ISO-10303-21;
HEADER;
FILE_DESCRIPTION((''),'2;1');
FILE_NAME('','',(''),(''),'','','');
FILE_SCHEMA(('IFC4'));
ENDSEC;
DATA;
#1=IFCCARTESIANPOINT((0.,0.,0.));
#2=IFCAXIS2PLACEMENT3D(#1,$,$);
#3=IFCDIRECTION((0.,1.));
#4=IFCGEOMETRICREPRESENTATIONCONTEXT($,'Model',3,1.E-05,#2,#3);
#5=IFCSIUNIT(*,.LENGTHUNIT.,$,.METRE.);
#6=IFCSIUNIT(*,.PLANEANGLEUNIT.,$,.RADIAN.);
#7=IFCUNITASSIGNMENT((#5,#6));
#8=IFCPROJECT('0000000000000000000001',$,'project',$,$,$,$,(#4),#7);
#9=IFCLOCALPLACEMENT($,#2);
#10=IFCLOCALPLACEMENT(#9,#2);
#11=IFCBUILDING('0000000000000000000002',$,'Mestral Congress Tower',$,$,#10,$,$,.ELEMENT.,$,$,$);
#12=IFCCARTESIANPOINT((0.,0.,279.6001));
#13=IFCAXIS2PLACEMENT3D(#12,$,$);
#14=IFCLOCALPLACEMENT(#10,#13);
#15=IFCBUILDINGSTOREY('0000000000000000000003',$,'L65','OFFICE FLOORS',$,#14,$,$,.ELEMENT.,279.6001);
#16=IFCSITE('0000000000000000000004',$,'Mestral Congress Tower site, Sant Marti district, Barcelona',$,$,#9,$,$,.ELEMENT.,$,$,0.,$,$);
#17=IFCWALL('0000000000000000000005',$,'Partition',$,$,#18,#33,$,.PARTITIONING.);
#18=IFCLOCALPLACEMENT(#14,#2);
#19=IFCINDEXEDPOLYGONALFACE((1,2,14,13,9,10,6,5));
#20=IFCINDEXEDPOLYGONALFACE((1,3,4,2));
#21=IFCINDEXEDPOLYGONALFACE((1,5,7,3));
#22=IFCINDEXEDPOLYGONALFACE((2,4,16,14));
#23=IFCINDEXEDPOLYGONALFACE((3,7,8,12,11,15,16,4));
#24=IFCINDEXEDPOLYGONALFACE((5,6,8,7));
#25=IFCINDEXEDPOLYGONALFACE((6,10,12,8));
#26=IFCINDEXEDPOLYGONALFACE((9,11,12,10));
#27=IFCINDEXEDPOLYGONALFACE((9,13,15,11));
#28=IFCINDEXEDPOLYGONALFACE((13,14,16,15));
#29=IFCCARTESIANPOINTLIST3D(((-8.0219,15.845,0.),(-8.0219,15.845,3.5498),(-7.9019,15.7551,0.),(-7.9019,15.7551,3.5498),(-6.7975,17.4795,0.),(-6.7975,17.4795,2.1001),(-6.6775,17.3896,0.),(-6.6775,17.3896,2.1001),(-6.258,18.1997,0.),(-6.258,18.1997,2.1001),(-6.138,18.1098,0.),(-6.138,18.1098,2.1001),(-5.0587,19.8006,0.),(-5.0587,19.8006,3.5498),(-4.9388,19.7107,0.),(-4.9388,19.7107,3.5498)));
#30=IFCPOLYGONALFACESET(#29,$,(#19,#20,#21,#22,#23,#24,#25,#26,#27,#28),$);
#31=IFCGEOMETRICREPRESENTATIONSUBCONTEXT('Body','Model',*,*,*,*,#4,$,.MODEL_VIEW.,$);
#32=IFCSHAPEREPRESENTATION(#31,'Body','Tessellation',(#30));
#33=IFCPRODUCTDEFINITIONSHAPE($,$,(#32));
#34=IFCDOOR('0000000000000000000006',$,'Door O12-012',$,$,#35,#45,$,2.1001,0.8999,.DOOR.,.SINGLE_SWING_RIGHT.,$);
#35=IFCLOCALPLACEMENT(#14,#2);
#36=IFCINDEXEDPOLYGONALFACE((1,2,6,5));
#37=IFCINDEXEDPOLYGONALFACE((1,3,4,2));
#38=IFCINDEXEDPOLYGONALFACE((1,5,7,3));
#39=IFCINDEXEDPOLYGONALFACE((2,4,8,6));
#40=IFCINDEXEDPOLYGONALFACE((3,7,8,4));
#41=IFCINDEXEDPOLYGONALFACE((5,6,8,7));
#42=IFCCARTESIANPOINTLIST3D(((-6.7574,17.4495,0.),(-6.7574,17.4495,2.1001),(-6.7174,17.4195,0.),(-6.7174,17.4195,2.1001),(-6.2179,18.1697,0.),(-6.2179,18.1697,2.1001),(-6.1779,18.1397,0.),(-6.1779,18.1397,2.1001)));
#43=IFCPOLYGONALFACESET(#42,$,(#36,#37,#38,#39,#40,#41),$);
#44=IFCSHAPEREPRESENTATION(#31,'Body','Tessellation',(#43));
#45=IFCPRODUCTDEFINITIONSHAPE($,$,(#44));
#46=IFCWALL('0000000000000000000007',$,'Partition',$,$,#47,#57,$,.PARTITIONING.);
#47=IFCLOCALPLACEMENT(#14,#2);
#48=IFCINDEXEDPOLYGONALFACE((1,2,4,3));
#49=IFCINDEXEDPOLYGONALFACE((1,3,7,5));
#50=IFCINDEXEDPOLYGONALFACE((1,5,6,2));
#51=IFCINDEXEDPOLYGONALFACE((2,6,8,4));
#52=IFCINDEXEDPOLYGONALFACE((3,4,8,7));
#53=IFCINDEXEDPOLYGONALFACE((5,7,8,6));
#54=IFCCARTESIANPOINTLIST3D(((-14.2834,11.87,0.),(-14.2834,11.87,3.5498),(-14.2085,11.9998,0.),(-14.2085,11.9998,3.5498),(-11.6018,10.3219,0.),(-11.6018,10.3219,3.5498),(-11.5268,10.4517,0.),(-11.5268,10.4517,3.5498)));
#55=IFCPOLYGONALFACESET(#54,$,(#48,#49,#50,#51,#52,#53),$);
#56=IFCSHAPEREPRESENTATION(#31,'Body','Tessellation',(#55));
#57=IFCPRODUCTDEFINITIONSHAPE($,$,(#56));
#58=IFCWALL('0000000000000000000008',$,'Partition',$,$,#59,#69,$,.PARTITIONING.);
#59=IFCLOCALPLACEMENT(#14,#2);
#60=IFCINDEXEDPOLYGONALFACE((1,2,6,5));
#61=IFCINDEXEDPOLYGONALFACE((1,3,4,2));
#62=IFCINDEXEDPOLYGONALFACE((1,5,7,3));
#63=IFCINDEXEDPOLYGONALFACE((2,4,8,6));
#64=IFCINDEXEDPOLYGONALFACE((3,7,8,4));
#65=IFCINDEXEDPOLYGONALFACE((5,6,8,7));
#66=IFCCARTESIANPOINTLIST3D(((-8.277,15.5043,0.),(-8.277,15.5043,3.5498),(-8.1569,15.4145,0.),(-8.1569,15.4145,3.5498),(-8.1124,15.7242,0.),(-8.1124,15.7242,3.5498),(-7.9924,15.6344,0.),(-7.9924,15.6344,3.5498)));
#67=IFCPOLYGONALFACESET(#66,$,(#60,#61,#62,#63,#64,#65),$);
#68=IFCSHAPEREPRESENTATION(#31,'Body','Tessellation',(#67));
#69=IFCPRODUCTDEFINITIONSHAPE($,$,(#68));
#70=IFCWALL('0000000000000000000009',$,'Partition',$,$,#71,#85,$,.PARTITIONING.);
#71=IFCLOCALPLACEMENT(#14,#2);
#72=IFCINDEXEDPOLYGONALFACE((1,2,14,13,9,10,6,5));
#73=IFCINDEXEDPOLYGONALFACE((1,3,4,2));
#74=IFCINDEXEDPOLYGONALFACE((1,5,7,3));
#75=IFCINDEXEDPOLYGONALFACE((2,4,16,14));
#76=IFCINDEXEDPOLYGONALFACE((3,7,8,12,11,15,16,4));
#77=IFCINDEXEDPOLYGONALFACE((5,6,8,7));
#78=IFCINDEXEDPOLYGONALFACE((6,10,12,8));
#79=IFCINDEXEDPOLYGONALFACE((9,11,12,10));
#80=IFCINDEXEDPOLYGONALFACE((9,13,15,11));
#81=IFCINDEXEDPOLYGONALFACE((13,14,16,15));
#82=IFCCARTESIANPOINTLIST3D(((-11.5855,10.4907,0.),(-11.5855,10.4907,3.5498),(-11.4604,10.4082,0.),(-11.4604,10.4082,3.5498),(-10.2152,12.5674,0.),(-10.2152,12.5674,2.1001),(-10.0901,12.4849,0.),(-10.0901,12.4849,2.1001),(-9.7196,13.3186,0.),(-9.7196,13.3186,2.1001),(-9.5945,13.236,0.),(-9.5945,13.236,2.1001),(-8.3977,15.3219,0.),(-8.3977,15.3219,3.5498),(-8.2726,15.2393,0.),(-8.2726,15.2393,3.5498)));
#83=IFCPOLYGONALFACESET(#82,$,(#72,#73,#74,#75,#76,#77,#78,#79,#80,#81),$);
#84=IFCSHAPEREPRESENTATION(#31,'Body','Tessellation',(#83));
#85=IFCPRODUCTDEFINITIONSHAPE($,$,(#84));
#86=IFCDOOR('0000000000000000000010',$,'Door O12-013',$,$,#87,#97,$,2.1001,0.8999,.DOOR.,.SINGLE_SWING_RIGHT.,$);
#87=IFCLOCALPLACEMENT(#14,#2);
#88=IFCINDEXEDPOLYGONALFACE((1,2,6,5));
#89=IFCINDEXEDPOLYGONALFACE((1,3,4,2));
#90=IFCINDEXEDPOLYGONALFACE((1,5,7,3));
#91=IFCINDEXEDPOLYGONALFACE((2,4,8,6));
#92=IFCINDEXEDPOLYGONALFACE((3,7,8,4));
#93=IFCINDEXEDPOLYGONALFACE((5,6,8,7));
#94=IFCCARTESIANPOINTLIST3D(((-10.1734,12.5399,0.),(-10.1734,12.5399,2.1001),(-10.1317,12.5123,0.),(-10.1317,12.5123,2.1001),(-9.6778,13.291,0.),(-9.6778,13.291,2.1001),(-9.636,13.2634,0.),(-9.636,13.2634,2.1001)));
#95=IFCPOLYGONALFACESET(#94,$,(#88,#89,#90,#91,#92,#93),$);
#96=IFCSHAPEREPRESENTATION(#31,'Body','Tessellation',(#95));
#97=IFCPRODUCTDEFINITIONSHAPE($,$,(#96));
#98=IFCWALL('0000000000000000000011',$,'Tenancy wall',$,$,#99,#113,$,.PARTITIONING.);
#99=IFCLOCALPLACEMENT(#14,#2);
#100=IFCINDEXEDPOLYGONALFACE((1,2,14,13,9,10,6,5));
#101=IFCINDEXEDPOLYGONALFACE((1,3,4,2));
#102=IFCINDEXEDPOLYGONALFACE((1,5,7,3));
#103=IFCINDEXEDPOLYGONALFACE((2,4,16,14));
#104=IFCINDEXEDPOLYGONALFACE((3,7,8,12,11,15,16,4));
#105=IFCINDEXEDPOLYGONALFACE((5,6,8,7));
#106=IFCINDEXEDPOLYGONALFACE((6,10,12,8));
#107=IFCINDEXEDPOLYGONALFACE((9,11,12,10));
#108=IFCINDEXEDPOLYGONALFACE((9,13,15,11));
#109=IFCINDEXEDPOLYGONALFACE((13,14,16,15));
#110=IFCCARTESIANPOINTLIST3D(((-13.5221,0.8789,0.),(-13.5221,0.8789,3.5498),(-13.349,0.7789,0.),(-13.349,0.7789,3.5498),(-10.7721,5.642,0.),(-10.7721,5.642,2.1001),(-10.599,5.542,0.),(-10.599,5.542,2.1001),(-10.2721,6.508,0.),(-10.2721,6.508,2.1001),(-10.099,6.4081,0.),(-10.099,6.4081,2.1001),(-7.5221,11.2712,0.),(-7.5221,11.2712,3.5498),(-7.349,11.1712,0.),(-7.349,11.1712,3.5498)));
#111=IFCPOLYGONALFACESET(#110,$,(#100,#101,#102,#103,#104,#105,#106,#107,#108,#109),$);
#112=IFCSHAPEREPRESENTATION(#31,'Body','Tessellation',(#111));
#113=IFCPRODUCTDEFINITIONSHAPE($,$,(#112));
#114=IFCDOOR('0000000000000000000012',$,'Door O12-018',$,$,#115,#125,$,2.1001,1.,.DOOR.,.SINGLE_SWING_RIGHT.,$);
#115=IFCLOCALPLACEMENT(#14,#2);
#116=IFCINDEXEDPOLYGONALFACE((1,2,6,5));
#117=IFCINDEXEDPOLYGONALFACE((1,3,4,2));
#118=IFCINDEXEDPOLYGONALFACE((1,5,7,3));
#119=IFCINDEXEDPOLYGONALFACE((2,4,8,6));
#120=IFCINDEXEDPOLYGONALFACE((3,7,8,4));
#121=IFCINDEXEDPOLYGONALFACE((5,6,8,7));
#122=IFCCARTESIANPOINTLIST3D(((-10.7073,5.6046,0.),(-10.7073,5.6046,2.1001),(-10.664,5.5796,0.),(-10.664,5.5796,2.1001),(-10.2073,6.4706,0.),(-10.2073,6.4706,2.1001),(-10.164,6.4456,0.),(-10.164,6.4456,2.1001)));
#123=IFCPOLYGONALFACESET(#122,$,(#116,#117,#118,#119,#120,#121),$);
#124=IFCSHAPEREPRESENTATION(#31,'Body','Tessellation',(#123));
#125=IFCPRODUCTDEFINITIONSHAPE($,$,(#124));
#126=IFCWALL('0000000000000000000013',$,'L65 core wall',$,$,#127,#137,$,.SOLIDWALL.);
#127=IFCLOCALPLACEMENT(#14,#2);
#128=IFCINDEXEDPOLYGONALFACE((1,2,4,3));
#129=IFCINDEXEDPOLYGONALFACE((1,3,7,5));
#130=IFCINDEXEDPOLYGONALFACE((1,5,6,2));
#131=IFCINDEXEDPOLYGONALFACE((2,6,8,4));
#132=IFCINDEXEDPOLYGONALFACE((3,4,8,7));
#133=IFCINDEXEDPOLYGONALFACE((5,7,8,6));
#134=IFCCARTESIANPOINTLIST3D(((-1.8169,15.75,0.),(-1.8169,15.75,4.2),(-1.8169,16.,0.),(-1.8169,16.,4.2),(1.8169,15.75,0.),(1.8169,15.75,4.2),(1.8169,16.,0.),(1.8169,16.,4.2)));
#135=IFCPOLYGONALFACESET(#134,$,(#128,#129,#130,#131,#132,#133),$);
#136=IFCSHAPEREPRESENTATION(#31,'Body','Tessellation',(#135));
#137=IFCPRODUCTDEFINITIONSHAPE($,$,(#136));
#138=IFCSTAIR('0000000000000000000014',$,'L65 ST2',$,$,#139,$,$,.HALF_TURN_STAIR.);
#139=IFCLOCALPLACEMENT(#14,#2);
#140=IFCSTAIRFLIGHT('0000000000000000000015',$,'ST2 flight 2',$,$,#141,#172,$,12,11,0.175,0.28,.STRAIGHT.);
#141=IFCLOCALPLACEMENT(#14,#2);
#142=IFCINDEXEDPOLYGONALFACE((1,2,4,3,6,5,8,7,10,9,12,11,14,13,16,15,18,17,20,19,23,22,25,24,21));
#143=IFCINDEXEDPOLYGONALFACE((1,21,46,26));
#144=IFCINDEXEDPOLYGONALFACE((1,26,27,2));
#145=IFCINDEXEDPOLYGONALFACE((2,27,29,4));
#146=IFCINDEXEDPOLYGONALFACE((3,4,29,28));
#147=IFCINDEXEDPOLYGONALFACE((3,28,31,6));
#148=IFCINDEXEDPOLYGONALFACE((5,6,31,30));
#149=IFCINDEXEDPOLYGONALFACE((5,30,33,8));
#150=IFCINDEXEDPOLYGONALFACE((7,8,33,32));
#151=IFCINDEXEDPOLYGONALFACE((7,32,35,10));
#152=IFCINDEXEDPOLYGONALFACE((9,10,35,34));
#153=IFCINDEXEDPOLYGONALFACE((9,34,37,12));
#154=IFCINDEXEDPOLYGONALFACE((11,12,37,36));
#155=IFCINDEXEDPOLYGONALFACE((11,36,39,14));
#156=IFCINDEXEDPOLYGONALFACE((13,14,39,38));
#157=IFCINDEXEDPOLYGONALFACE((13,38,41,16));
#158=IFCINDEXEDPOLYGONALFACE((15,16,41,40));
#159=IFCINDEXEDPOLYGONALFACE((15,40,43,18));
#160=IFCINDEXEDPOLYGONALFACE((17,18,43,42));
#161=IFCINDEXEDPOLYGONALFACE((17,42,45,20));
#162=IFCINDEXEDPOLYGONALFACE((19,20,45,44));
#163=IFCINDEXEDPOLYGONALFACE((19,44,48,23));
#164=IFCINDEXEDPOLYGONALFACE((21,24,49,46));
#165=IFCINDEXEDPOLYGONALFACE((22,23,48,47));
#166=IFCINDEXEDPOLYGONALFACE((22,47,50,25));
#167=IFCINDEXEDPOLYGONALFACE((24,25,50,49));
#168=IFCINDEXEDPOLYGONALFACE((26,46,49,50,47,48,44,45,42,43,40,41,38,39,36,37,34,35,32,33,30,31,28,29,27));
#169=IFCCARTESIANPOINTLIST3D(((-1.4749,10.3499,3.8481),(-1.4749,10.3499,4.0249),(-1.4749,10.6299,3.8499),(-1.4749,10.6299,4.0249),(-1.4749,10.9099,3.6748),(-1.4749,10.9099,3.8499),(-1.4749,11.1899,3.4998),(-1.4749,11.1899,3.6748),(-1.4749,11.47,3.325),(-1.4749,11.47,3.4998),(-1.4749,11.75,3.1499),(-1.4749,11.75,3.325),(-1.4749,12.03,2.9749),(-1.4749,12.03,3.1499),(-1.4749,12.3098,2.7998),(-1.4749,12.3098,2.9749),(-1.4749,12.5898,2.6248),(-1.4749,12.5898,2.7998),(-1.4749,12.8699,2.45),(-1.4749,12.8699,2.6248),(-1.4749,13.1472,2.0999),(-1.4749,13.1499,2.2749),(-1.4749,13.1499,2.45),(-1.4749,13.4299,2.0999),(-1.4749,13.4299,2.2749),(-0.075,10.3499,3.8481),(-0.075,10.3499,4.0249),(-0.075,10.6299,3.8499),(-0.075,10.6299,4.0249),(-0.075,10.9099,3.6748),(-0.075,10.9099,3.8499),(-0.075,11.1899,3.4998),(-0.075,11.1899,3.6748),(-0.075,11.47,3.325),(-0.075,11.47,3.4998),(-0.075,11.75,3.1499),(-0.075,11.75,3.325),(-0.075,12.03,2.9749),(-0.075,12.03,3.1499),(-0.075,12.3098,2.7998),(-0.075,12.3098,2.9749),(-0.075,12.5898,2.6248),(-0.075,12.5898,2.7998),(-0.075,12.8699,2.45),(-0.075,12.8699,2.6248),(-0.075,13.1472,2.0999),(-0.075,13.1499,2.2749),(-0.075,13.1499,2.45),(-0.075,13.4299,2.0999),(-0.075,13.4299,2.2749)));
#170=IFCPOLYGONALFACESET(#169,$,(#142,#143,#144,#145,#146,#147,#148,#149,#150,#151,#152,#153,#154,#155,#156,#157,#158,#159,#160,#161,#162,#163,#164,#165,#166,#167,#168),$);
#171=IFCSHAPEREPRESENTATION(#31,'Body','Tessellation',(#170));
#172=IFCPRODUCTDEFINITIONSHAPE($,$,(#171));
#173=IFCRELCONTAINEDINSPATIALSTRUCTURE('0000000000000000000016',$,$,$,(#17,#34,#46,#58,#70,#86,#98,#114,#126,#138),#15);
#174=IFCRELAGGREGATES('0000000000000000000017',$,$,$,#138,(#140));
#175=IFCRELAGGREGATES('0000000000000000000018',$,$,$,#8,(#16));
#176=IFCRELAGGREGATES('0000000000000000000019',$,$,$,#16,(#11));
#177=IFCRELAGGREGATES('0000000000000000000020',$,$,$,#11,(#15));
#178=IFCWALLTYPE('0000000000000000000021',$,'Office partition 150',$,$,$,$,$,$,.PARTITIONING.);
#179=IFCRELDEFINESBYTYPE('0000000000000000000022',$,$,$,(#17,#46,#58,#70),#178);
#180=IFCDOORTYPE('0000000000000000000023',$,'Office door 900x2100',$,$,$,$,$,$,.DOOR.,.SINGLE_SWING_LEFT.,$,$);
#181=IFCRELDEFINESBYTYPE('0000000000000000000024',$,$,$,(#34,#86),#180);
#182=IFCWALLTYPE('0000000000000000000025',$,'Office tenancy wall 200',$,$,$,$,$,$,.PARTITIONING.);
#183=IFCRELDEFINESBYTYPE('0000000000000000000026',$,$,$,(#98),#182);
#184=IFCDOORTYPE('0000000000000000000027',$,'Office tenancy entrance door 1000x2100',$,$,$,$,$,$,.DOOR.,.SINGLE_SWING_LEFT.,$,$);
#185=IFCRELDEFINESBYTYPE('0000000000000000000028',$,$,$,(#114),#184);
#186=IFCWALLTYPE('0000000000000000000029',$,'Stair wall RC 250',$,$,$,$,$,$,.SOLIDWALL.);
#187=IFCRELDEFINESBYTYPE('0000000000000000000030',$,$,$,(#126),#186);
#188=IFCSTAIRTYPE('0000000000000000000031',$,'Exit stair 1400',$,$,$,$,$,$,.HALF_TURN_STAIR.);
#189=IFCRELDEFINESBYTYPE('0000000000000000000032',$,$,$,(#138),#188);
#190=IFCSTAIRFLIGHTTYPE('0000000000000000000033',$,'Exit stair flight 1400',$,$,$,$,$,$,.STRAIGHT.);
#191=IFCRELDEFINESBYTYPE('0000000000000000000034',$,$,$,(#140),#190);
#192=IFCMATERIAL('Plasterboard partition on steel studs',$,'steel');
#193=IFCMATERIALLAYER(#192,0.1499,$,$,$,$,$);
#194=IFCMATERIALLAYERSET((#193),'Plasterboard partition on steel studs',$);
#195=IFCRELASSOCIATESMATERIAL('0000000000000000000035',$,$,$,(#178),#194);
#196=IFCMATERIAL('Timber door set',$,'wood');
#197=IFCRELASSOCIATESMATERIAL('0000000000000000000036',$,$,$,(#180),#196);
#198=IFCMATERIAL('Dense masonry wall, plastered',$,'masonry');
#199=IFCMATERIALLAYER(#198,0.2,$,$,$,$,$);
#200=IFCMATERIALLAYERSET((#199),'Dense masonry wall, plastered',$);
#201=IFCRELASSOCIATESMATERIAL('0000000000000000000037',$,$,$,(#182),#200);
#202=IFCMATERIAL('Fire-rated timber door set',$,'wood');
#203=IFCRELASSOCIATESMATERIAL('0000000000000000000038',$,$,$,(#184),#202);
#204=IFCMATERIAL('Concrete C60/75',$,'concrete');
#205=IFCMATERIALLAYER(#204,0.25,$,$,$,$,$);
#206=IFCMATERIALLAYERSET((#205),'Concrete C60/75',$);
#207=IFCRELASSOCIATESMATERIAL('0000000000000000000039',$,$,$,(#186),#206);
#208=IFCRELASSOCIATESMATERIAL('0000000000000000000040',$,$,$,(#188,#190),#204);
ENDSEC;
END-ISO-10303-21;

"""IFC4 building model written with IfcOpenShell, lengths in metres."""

from ifc_helpers import new_model, si_unit, direction, frame, frame_2d, origin, place, context, subcontext, project, spatial, polyline, rectangle, outline, extrude, material, layer, layer_set, type_object, element, fill, aggregate, save


model = new_model("IFC4")

# Units and contexts
model_context = context("Model", 3, precision=1e-05, world=origin(), true_north=direction((0.0, 1.0)))
body_context = subcontext(model_context, "Body", "Model", "MODEL_VIEW")
ifc_project = project(units=[si_unit("LENGTHUNIT", "METRE"), si_unit("PLANEANGLEUNIT", "RADIAN")], contexts=[model_context])

# Site, building, storey
site_placement = place(None, origin())
site = spatial("IfcSite", under=ifc_project, at=site_placement, Name="Mestral Congress Tower site, Sant Marti district, Barcelona", CompositionType="ELEMENT", RefElevation=0.0)
building_placement = place(site_placement, origin())
building = spatial("IfcBuilding", under=site, at=building_placement, Name="Mestral Congress Tower", CompositionType="ELEMENT")
storey_placement = place(building_placement, frame((0.0, 0.0, 279.6001)))
storey = spatial("IfcBuildingStorey", under=building, at=storey_placement, Name="L65", Description="OFFICE FLOORS", CompositionType="ELEMENT", Elevation=279.6001)

# Shared definitions
ifc_material_1 = material(Name="Concrete C60/75", Category="concrete")

# Shared definitions
ifc_material_2 = material(Name="Plasterboard partition on steel studs", Category="steel")
ifc_layer_1 = layer(ifc_material_2, 0.1499)
ifc_layer_set_1 = layer_set([ifc_layer_1], Name="Plasterboard partition on steel studs")
wall_type_1 = type_object("IfcWallType", Name="Office partition 150", PredefinedType="PARTITIONING", material=ifc_layer_set_1)

# Wall, opening, door
wall_1_placement = place(storey_placement, frame((-7.9619, 15.8, 0.0), z_axis=(0.0, 0.0, 1.0), x_axis=(0.599541, 0.800344, 0.0)))
wall_1 = element("IfcWall", 1, at=wall_1_placement, inside=storey, type_object=wall_type_1, Name="Partition", PredefinedType="PARTITIONING", context=body_context, shape_type="SweptSolid", body=[
    extrude(rectangle(XDim=4.9424, YDim=0.1499, at=frame_2d((2.4712, 0.0))), origin(), (0.0, 0.0, 1.0), 3.5498),
])
opening_1_placement = place(wall_1_placement, frame((2.0422, 0.0, 0.0)))
opening_1 = element("IfcOpeningElement", 2, at=opening_1_placement, cuts=wall_1, PredefinedType="OPENING", context=body_context, shape_type="SweptSolid", body=[
    extrude(rectangle(XDim=0.8999, YDim=2.1001, at=frame_2d((0.45, 1.05))), frame((0.0, 0.085, 0.0), z_axis=(0.0, -1.0, 0.0), x_axis=(1.0, 0.0, 0.0)), (0.0, 0.0, 1.0), 0.1699),
])
ifc_material_3 = material(Name="Timber door set", Category="wood")
door_type_1 = type_object("IfcDoorType", Name="Office door 900x2100", OperationType="SINGLE_SWING_LEFT", PredefinedType="DOOR", material=ifc_material_3)
door_1_placement = place(opening_1_placement, origin())
door_1 = element("IfcDoor", 3, at=door_1_placement, inside=storey, type_object=door_type_1, Name="Door O12-012", OperationType="SINGLE_SWING_RIGHT", OverallHeight=2.1001, OverallWidth=0.8999, PredefinedType="DOOR", context=body_context, shape_type="SweptSolid", body=[
    extrude(rectangle(XDim=0.8999, YDim=2.1001, at=frame_2d((0.45, 1.05))), frame((0.0, 0.0249, 0.0), z_axis=(0.0, -1.0, 0.0), x_axis=(1.0, 0.0, 0.0)), (0.0, 0.0, 1.0), 0.05),
])
fill(opening_1, door_1)

# Walls
wall_2_placement = place(storey_placement, frame((-11.5642, 10.3867, 0.0), z_axis=(0.0, 0.0, 1.0), x_axis=(-0.866046, 0.499964, 0.0)))
element("IfcWall", 4, at=wall_2_placement, inside=storey, type_object=wall_type_1, Name="Partition", PredefinedType="PARTITIONING", context=body_context, shape_type="SweptSolid", body=[
    extrude(rectangle(XDim=3.0964, YDim=0.1499, at=frame_2d((1.5483, 0.0))), origin(), (0.0, 0.0, 1.0), 3.5498),
])
wall_3_placement = place(storey_placement, frame((-8.0525, 15.6792, 0.0), z_axis=(0.0, 0.0, 1.0), x_axis=(-0.599004, -0.800746, 0.0)))
element("IfcWall", 5, at=wall_3_placement, inside=storey, type_object=wall_type_1, Name="Partition", PredefinedType="PARTITIONING", context=body_context, shape_type="SweptSolid", body=[
    extrude(rectangle(XDim=0.2747, YDim=0.1499, at=frame_2d((0.1372, 0.0))), origin(), (0.0, 0.0, 1.0), 3.5498),
])

# Walls, openings, doors
wall_4_placement = place(storey_placement, frame((-11.5229, 10.4495, 0.0), z_axis=(0.0, 0.0, 1.0), x_axis=(0.550752, 0.834669, 0.0)))
wall_4 = element("IfcWall", 6, at=wall_4_placement, inside=storey, type_object=wall_type_1, Name="Partition", PredefinedType="PARTITIONING", context=body_context, shape_type="SweptSolid", body=[
    extrude(rectangle(XDim=5.7881, YDim=0.1499, at=frame_2d((2.894, 0.0))), origin(), (0.0, 0.0, 1.0), 3.5498),
])
opening_2_placement = place(wall_4_placement, frame((2.488, 0.0, 0.0)))
opening_2 = element("IfcOpeningElement", 7, at=opening_2_placement, cuts=wall_4, PredefinedType="OPENING", context=body_context, shape_type="SweptSolid", body=[
    extrude(rectangle(XDim=0.8999, YDim=2.1001, at=frame_2d((0.45, 1.05))), frame((0.0, 0.085, 0.0), z_axis=(0.0, -1.0, 0.0), x_axis=(1.0, 0.0, 0.0)), (0.0, 0.0, 1.0), 0.1699),
])
door_2_placement = place(opening_2_placement, origin())
door_2 = element("IfcDoor", 8, at=door_2_placement, inside=storey, type_object=door_type_1, Name="Door O12-013", OperationType="SINGLE_SWING_RIGHT", OverallHeight=2.1001, OverallWidth=0.8999, PredefinedType="DOOR", context=body_context, shape_type="SweptSolid", body=[
    extrude(rectangle(XDim=0.8999, YDim=2.1001, at=frame_2d((0.45, 1.05))), frame((0.0, 0.0249, 0.0), z_axis=(0.0, -1.0, 0.0), x_axis=(1.0, 0.0, 0.0)), (0.0, 0.0, 1.0), 0.05),
])
fill(opening_2, door_2)
ifc_material_4 = material(Name="Dense masonry wall, plastered", Category="masonry")
ifc_layer_2 = layer(ifc_material_4, 0.2)
ifc_layer_set_2 = layer_set([ifc_layer_2], Name="Dense masonry wall, plastered")
wall_type_2 = type_object("IfcWallType", Name="Office tenancy wall 200", PredefinedType="PARTITIONING", material=ifc_layer_set_2)
wall_5_placement = place(storey_placement, frame((-7.4355, 11.2212, 0.0), z_axis=(0.0, 0.0, 1.0), x_axis=(-0.499999, -0.866026, 0.0)))
wall_5 = element("IfcWall", 9, at=wall_5_placement, inside=storey, type_object=wall_type_2, Name="Tenancy wall", PredefinedType="PARTITIONING", context=body_context, shape_type="SweptSolid", body=[
    extrude(rectangle(XDim=12.0, YDim=0.2, at=frame_2d((6.0, 0.0))), origin(), (0.0, 0.0, 1.0), 3.5498),
])
opening_3_placement = place(wall_5_placement, frame((5.5, 0.0, 0.0)))
opening_3 = element("IfcOpeningElement", 10, at=opening_3_placement, cuts=wall_5, PredefinedType="OPENING", context=body_context, shape_type="SweptSolid", body=[
    extrude(rectangle(XDim=1.0, YDim=2.1001, at=frame_2d((0.5, 1.05))), frame((0.0, 0.1099, 0.0), z_axis=(0.0, -1.0, 0.0), x_axis=(1.0, 0.0, 0.0)), (0.0, 0.0, 1.0), 0.22),
])
ifc_material_5 = material(Name="Fire-rated timber door set", Category="wood")
door_type_2 = type_object("IfcDoorType", Name="Office tenancy entrance door 1000x2100", OperationType="SINGLE_SWING_LEFT", PredefinedType="DOOR", material=ifc_material_5)
door_3_placement = place(opening_3_placement, origin())
door_3 = element("IfcDoor", 11, at=door_3_placement, inside=storey, type_object=door_type_2, Name="Door O12-018", OperationType="SINGLE_SWING_RIGHT", OverallHeight=2.1001, OverallWidth=1.0, PredefinedType="DOOR", context=body_context, shape_type="SweptSolid", body=[
    extrude(rectangle(XDim=1.0, YDim=2.1001, at=frame_2d((0.5, 1.05))), frame((0.0, 0.0249, 0.0), z_axis=(0.0, -1.0, 0.0), x_axis=(1.0, 0.0, 0.0)), (0.0, 0.0, 1.0), 0.05),
])
fill(opening_3, door_3)

# Wall
ifc_layer_3 = layer(ifc_material_1, 0.25)
ifc_layer_set_3 = layer_set([ifc_layer_3], Name="Concrete C60/75")
wall_type_3 = type_object("IfcWallType", Name="Stair wall RC 250", PredefinedType="SOLIDWALL", material=ifc_layer_set_3)
wall_6_placement = place(storey_placement, frame((-1.8169, 15.875, 0.0), z_axis=(0.0, 0.0, 1.0), x_axis=(1.0, 0.0, 0.0)))
element("IfcWall", 12, at=wall_6_placement, inside=storey, type_object=wall_type_3, Name="L65 core wall", PredefinedType="SOLIDWALL", context=body_context, shape_type="SweptSolid", body=[
    extrude(rectangle(XDim=3.6338, YDim=0.25, at=frame_2d((1.8169, 0.0))), origin(), (0.0, 0.0, 1.0), 4.2),
])

# Stair, stair flight
stair_type = type_object("IfcStairType", Name="Exit stair 1400", PredefinedType="HALF_TURN_STAIR", material=ifc_material_1)
stair_placement = place(storey_placement, origin())
stair = element("IfcStair", 13, at=stair_placement, inside=storey, type_object=stair_type, Name="L65 ST2", PredefinedType="HALF_TURN_STAIR")
stair_flight_type = type_object("IfcStairFlightType", Name="Exit stair flight 1400", PredefinedType="STRAIGHT", material=ifc_material_1)
stair_flight_placement = place(storey_placement, frame((-0.7749, 13.4299, 2.0999), z_axis=(0.0, 0.0, 1.0), x_axis=(0.0, -1.0, 0.0)))
stair_flight = element("IfcStairFlight", 14, at=stair_flight_placement, type_object=stair_flight_type, Name="ST2 flight 2", NumberOfRisers=12, NumberOfTreads=11, PredefinedType="STRAIGHT", RiserHeight=0.175, TreadLength=0.28, context=body_context, shape_type="SweptSolid", body=[
    extrude(outline(polyline([(0.0, 0.0), (0.0, 0.175), (0.28, 0.175), (0.28, 0.3501), (0.5601, 0.3501), (0.5601, 0.5249), (0.8401, 0.5249), (0.8401, 0.7), (1.1201, 0.7), (1.1201, 0.875), (1.3999, 0.875), (1.3999, 1.05), (1.6799, 1.05), (1.6799, 1.2251), (1.96, 1.2251), (1.96, 1.3999), (2.24, 1.3999), (2.24, 1.575), (2.52, 1.575), (2.52, 1.75), (2.8, 1.75), (2.8, 1.925), (3.0801, 1.925), (3.0801, 2.1001), (3.0801, 1.7483), (0.2827, 0.0), (0.0, 0.0)])), frame((0.0, 0.7, 0.0), z_axis=(0.0, -1.0, 0.0), x_axis=(1.0, 0.0, 0.0)), (0.0, 0.0, 1.0), 1.3999),
])
aggregate(stair, [stair_flight])

save(model, "model.ifc")
